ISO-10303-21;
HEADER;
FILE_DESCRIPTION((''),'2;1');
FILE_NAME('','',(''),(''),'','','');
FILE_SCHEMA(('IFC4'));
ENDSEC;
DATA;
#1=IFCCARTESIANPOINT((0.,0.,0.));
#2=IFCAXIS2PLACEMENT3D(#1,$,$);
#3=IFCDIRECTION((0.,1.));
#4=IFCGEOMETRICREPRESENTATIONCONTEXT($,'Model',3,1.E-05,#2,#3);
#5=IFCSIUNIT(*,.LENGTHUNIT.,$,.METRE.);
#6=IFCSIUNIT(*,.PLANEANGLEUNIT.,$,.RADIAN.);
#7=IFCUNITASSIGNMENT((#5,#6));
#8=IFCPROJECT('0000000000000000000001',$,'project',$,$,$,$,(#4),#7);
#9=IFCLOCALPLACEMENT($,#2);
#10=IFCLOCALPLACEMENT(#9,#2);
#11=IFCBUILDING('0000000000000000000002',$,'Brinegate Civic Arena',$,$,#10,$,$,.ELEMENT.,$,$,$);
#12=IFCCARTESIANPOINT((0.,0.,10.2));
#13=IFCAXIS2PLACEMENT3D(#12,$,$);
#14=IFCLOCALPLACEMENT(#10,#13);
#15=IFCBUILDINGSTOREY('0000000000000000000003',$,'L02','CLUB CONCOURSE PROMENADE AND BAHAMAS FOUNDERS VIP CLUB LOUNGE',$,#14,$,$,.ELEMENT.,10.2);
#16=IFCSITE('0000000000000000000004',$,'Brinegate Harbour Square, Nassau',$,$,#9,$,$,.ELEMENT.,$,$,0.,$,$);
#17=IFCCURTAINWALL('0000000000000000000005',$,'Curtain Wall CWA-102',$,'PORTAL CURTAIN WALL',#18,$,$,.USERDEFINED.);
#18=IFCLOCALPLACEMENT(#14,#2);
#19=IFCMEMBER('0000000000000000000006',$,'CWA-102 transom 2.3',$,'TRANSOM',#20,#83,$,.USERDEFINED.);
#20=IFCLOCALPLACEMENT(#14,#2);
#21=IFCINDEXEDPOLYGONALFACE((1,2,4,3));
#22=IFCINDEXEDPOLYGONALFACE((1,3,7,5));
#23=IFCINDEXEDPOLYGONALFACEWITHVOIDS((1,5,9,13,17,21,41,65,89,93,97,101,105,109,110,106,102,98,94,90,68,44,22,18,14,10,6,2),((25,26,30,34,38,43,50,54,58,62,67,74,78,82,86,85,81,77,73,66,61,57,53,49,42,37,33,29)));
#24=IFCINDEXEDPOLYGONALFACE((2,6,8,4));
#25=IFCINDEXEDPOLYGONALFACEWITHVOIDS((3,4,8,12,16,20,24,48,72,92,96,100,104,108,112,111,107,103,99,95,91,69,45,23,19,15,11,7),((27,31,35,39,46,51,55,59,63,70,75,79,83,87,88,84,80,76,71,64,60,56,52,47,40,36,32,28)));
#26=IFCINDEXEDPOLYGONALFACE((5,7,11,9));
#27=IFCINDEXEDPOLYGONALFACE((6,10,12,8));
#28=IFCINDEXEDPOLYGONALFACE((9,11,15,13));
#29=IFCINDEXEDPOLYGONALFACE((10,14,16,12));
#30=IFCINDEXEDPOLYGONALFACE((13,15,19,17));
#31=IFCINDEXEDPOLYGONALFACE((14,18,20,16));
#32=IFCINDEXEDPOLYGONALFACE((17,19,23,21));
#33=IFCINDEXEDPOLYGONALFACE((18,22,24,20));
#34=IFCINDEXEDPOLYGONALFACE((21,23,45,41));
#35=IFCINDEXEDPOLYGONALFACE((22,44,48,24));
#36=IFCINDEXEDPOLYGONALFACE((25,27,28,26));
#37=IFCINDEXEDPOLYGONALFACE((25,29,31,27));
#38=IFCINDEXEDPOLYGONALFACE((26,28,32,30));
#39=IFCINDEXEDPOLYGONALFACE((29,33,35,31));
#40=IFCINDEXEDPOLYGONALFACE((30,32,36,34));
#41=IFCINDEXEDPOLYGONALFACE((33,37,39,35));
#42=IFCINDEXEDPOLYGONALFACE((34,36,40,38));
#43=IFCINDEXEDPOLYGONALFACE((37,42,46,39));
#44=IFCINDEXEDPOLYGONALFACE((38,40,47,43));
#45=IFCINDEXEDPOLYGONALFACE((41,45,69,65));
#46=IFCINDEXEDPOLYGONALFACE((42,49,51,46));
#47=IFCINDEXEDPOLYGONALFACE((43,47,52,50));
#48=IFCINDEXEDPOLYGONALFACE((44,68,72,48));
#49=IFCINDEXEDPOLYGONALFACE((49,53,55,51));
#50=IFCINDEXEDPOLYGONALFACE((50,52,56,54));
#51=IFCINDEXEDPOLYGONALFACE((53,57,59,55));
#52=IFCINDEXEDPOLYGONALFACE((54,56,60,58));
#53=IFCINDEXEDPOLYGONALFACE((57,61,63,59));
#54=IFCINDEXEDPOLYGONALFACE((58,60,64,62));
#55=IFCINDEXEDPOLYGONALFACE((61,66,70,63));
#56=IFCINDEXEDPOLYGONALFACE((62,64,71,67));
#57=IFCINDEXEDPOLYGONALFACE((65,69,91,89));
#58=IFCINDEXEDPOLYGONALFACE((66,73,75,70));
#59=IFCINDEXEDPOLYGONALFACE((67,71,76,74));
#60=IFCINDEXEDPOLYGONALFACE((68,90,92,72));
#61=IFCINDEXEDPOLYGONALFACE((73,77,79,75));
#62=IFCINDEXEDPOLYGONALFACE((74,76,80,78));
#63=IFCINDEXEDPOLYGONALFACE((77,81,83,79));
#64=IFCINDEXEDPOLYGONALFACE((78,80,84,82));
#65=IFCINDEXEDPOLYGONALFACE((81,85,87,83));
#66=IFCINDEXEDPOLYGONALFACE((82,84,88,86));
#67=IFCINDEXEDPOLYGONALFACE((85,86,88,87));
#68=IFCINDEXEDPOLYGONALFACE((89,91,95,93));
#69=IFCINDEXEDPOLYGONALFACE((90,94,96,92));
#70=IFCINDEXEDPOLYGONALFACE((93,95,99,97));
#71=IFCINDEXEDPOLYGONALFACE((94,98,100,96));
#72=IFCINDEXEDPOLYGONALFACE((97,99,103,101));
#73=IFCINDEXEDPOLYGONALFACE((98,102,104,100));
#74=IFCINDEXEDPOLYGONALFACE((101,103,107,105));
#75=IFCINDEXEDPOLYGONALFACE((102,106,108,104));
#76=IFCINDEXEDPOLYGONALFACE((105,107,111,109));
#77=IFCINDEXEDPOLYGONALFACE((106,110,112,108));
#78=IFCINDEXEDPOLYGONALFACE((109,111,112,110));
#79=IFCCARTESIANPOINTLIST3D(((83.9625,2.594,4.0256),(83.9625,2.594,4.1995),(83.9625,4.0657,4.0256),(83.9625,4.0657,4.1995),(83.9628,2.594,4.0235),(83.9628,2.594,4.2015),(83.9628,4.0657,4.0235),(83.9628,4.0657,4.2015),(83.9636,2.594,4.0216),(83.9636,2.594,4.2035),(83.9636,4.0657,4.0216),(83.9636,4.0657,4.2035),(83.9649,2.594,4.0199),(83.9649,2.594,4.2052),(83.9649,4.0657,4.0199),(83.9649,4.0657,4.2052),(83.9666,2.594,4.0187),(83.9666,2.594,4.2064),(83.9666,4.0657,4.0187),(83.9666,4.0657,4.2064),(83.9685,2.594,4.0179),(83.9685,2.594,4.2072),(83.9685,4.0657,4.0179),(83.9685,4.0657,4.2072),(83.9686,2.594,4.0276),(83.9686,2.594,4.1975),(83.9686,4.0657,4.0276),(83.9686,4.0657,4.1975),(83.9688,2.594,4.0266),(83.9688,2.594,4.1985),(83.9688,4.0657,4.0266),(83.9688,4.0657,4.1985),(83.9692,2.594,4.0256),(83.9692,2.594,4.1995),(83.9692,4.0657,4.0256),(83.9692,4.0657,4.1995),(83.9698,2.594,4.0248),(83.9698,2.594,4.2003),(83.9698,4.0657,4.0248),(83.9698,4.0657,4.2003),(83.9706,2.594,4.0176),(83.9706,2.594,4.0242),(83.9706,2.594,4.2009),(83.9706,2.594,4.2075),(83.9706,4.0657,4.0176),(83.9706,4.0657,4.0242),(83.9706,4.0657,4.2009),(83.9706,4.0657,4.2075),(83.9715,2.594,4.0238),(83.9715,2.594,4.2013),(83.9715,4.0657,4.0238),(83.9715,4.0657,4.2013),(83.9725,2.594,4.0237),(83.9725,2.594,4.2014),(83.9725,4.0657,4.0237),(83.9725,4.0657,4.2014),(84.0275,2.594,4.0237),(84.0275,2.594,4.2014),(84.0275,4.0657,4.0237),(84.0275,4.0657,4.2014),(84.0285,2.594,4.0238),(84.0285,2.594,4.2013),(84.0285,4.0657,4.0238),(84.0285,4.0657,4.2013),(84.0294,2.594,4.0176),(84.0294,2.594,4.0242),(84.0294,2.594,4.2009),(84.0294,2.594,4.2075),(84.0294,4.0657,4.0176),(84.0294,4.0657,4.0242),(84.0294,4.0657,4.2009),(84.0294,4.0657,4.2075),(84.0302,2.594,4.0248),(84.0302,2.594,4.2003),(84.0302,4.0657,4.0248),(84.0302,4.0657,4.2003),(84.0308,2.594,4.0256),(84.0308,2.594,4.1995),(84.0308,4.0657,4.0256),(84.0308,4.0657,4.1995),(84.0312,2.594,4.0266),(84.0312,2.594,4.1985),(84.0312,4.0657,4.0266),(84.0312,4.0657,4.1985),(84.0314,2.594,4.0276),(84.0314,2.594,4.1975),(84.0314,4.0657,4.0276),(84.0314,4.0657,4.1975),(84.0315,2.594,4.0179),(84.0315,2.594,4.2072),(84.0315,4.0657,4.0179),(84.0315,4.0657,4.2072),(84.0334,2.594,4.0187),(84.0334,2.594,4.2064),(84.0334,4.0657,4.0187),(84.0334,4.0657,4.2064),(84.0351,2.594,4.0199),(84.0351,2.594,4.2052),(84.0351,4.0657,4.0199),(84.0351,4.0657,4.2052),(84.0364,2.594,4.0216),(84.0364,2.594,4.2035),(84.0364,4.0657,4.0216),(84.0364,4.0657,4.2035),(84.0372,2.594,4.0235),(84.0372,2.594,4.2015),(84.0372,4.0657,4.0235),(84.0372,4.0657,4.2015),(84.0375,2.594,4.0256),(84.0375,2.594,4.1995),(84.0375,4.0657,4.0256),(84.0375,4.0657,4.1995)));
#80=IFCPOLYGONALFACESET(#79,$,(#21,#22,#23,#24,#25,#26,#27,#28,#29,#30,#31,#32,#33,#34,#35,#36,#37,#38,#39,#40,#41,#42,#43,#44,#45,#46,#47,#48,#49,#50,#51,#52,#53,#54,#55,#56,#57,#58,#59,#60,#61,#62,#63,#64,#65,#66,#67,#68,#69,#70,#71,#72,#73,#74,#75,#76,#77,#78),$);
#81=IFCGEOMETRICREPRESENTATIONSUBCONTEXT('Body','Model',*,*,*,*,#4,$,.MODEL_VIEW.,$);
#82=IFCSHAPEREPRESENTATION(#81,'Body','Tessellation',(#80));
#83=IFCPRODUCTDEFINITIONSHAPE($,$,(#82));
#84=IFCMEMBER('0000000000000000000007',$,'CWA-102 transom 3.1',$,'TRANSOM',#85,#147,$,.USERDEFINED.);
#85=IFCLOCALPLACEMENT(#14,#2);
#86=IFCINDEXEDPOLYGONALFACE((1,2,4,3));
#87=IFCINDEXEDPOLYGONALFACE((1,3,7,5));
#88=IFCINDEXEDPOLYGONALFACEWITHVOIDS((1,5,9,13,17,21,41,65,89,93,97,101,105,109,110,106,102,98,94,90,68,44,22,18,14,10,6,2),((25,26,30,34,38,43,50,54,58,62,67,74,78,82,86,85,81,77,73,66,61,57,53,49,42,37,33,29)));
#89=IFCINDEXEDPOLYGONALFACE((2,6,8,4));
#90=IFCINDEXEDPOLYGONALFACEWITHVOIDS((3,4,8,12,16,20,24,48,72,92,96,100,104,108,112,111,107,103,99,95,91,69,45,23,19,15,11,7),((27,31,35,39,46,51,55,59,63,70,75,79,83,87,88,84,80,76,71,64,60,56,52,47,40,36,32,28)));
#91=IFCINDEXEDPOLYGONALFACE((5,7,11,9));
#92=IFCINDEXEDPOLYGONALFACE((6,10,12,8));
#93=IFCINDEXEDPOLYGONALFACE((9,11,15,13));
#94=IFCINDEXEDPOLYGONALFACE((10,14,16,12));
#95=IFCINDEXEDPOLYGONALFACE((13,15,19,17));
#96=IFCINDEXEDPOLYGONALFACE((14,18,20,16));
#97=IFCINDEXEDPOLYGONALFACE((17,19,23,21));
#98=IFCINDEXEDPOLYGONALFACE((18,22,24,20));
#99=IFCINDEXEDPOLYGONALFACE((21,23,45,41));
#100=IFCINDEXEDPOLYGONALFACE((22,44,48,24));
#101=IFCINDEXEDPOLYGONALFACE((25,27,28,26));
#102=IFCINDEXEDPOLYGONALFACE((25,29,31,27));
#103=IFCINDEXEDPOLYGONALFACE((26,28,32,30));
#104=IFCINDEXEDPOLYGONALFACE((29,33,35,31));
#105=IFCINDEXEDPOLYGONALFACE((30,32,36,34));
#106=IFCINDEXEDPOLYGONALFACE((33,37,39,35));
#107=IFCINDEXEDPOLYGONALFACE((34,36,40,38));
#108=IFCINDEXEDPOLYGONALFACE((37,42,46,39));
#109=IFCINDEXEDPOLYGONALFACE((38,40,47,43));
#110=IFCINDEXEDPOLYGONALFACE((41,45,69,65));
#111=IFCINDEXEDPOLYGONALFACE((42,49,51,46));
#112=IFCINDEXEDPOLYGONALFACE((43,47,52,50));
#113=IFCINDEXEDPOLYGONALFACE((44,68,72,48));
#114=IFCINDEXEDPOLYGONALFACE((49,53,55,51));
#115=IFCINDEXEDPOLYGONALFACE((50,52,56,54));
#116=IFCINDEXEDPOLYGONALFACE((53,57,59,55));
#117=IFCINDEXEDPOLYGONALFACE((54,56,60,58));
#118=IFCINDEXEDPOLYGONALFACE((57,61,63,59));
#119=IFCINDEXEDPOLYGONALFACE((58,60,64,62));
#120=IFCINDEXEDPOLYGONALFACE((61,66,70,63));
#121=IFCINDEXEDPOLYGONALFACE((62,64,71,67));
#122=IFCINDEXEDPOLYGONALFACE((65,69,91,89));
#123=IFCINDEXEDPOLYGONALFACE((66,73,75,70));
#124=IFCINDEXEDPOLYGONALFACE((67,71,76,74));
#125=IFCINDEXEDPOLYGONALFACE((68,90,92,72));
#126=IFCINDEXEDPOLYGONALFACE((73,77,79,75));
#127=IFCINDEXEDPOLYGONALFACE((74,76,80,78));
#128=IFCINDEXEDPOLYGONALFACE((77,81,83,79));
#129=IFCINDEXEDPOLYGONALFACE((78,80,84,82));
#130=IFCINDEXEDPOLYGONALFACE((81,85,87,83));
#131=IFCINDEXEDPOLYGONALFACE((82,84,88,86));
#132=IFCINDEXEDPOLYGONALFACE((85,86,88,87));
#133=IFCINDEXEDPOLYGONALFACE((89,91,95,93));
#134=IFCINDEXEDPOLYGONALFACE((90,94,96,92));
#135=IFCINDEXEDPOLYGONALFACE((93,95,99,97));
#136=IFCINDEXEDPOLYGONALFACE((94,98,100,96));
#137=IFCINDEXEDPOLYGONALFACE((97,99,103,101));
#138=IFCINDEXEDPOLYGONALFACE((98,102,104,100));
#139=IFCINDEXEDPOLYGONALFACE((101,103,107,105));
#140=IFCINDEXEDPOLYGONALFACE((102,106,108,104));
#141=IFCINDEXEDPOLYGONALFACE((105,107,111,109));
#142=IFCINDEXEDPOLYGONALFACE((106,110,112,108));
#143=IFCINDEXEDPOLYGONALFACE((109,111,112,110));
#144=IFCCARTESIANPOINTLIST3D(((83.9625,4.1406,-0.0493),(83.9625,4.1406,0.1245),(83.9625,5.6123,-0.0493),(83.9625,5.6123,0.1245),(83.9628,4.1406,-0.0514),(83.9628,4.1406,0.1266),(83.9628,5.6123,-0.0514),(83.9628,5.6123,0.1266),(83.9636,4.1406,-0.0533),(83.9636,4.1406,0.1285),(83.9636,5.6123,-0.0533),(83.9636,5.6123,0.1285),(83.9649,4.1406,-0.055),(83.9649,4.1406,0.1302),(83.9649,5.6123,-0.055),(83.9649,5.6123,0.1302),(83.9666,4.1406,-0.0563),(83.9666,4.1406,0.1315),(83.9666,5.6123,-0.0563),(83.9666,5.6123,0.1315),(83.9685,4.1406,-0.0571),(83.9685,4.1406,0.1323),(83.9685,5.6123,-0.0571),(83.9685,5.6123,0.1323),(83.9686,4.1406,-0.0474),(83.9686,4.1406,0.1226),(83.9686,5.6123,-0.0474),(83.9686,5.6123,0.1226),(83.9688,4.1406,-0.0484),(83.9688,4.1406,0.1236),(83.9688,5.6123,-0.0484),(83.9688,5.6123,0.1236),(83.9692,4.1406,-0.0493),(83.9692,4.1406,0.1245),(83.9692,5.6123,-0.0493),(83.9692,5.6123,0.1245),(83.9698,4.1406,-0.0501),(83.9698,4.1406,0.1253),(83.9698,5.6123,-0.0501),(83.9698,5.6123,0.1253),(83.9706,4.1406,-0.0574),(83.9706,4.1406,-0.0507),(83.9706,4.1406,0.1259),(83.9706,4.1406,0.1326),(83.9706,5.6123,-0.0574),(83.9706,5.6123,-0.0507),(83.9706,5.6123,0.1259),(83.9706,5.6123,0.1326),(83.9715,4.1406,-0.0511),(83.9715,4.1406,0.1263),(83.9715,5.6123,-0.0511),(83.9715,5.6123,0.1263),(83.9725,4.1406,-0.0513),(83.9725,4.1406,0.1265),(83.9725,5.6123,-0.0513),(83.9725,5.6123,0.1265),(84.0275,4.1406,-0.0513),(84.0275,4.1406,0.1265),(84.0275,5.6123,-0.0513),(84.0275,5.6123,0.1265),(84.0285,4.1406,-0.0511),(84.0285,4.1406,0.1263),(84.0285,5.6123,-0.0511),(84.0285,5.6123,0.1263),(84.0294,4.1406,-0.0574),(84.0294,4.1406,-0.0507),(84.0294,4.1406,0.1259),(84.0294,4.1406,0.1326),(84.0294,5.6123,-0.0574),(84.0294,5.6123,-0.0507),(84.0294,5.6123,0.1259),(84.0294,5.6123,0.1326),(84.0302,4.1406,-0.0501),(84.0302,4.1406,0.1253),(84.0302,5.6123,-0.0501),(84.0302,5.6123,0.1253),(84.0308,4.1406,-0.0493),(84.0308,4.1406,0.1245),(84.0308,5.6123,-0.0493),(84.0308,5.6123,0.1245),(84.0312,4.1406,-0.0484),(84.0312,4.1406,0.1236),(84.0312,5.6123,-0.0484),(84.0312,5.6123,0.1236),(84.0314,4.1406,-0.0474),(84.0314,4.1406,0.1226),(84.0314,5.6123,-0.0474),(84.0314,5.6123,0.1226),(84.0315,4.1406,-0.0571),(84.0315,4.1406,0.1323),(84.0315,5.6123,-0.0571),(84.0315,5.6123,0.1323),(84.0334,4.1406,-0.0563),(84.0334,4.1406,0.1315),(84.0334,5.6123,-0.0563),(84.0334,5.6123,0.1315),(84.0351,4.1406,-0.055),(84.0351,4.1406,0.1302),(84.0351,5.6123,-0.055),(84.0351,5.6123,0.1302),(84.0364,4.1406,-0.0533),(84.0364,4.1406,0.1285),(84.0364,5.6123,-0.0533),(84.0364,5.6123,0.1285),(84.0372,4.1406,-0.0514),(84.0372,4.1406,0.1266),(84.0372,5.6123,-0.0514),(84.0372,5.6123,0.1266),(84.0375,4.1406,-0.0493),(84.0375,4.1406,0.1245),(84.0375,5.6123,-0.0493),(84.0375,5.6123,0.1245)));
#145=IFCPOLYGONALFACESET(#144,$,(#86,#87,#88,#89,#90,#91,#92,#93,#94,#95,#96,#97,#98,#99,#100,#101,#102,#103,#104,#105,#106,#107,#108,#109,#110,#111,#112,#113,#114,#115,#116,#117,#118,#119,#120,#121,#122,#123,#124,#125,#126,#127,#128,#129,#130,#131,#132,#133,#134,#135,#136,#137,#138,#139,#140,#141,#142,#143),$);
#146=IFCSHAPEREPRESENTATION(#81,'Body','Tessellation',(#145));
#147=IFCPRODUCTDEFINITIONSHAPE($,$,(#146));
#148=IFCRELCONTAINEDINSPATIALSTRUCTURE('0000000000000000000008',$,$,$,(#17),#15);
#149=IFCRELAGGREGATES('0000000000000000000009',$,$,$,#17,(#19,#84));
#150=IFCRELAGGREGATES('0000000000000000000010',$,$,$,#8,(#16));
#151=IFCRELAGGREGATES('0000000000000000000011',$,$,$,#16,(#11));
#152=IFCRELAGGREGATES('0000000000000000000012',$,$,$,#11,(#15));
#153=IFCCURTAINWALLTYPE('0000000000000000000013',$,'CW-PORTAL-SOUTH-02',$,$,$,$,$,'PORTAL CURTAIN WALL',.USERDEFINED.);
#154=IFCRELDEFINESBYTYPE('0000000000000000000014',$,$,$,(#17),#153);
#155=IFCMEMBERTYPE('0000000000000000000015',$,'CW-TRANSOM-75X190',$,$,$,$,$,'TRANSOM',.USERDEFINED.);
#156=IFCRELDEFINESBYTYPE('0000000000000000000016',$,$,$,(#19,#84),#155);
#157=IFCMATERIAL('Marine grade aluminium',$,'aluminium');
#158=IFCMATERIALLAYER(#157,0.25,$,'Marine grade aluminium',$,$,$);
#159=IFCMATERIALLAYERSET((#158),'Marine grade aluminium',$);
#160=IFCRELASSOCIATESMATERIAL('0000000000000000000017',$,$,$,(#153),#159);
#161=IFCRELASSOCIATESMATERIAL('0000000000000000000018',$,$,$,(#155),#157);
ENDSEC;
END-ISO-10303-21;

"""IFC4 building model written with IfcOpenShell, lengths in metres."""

from ifc_helpers import new_model, si_unit, direction, frame, origin, origin_2d, place, context, subcontext, project, spatial, hollow_rectangle, extrude, material, layer, layer_set, material_profile, profile_set, type_object, element, aggregate, save


model = new_model("IFC4")

# Units and contexts
model_context = context("Model", 3, precision=1e-05, world=origin(), true_north=direction((0.0, 1.0)))
body_context = subcontext(model_context, "Body", "Model", "MODEL_VIEW")
ifc_project = project(units=[si_unit("LENGTHUNIT", "METRE"), si_unit("PLANEANGLEUNIT", "RADIAN")], contexts=[model_context])

# Site, building, storey
site_placement = place(None, origin())
site = spatial("IfcSite", under=ifc_project, at=site_placement, Name="Brinegate Harbour Square, Nassau", CompositionType="ELEMENT", RefElevation=0.0)
building_placement = place(site_placement, origin())
building = spatial("IfcBuilding", under=site, at=building_placement, Name="Brinegate Civic Arena", CompositionType="ELEMENT")
storey_placement = place(building_placement, frame((0.0, 0.0, 10.2)))
storey = spatial("IfcBuildingStorey", under=building, at=storey_placement, Name="L02", Description="CLUB CONCOURSE PROMENADE AND BAHAMAS FOUNDERS VIP CLUB LOUNGE", CompositionType="ELEMENT", Elevation=10.2)

# Curtain wall, members
ifc_material_1 = material(Name="Marine grade aluminium", Category="aluminium")
ifc_layer_1 = layer(ifc_material_1, 0.25, Name="Marine grade aluminium")
ifc_layer_set_1 = layer_set([ifc_layer_1], Name="Marine grade aluminium")
curtain_wall_type = type_object("IfcCurtainWallType", Name="CW-PORTAL-SOUTH-02", ElementType="PORTAL CURTAIN WALL", PredefinedType="USERDEFINED", material=ifc_layer_set_1)
curtain_wall_placement = place(storey_placement, origin())
curtain_wall = element("IfcCurtainWall", 1, at=curtain_wall_placement, inside=storey, type_object=curtain_wall_type, Name="Curtain Wall CWA-102", ObjectType="PORTAL CURTAIN WALL", PredefinedType="USERDEFINED")
ifc_material_profile_1 = material_profile(ifc_material_1, hollow_rectangle(XDim=0.075, YDim=0.1899, WallThickness=0.0061, InnerFilletRadius=0.0039, OuterFilletRadius=0.0081, at=origin_2d()), Name="TRN75X190")
ifc_profile_set_1 = profile_set([ifc_material_profile_1], Name="Marine grade aluminium")
member_type_1 = type_object("IfcMemberType", Name="CW-TRANSOM-75X190", ElementType="TRANSOM", PredefinedType="USERDEFINED", material=ifc_profile_set_1)
member_1_placement = place(storey_placement, frame((84.0, 2.594, 4.1125), z_axis=(0.0, 1.0, 0.0), x_axis=(-1.0, 0.0, 0.0)))
member_1 = element("IfcMember", 2, at=member_1_placement, type_object=member_type_1, Name="CWA-102 transom 2.3", ObjectType="TRANSOM", PredefinedType="USERDEFINED", context=body_context, shape_type="SweptSolid", body=[
    extrude(hollow_rectangle(XDim=0.075, YDim=0.1899, WallThickness=0.0061, InnerFilletRadius=0.0039, OuterFilletRadius=0.0081, at=origin_2d()), origin(), (0.0, 0.0, 1.0), 1.4717),
])
member_2_placement = place(storey_placement, frame((84.0, 4.1406, 0.0376), z_axis=(0.0, 1.0, 0.0), x_axis=(-1.0, 0.0, 0.0)))
member_2 = element("IfcMember", 3, at=member_2_placement, type_object=member_type_1, Name="CWA-102 transom 3.1", ObjectType="TRANSOM", PredefinedType="USERDEFINED", context=body_context, shape_type="SweptSolid", body=[
    extrude(hollow_rectangle(XDim=0.075, YDim=0.1899, WallThickness=0.0061, InnerFilletRadius=0.0039, OuterFilletRadius=0.0081, at=origin_2d()), origin(), (0.0, 0.0, 1.0), 1.4717),
])
aggregate(curtain_wall, [member_1, member_2])

save(model, "model.ifc")
